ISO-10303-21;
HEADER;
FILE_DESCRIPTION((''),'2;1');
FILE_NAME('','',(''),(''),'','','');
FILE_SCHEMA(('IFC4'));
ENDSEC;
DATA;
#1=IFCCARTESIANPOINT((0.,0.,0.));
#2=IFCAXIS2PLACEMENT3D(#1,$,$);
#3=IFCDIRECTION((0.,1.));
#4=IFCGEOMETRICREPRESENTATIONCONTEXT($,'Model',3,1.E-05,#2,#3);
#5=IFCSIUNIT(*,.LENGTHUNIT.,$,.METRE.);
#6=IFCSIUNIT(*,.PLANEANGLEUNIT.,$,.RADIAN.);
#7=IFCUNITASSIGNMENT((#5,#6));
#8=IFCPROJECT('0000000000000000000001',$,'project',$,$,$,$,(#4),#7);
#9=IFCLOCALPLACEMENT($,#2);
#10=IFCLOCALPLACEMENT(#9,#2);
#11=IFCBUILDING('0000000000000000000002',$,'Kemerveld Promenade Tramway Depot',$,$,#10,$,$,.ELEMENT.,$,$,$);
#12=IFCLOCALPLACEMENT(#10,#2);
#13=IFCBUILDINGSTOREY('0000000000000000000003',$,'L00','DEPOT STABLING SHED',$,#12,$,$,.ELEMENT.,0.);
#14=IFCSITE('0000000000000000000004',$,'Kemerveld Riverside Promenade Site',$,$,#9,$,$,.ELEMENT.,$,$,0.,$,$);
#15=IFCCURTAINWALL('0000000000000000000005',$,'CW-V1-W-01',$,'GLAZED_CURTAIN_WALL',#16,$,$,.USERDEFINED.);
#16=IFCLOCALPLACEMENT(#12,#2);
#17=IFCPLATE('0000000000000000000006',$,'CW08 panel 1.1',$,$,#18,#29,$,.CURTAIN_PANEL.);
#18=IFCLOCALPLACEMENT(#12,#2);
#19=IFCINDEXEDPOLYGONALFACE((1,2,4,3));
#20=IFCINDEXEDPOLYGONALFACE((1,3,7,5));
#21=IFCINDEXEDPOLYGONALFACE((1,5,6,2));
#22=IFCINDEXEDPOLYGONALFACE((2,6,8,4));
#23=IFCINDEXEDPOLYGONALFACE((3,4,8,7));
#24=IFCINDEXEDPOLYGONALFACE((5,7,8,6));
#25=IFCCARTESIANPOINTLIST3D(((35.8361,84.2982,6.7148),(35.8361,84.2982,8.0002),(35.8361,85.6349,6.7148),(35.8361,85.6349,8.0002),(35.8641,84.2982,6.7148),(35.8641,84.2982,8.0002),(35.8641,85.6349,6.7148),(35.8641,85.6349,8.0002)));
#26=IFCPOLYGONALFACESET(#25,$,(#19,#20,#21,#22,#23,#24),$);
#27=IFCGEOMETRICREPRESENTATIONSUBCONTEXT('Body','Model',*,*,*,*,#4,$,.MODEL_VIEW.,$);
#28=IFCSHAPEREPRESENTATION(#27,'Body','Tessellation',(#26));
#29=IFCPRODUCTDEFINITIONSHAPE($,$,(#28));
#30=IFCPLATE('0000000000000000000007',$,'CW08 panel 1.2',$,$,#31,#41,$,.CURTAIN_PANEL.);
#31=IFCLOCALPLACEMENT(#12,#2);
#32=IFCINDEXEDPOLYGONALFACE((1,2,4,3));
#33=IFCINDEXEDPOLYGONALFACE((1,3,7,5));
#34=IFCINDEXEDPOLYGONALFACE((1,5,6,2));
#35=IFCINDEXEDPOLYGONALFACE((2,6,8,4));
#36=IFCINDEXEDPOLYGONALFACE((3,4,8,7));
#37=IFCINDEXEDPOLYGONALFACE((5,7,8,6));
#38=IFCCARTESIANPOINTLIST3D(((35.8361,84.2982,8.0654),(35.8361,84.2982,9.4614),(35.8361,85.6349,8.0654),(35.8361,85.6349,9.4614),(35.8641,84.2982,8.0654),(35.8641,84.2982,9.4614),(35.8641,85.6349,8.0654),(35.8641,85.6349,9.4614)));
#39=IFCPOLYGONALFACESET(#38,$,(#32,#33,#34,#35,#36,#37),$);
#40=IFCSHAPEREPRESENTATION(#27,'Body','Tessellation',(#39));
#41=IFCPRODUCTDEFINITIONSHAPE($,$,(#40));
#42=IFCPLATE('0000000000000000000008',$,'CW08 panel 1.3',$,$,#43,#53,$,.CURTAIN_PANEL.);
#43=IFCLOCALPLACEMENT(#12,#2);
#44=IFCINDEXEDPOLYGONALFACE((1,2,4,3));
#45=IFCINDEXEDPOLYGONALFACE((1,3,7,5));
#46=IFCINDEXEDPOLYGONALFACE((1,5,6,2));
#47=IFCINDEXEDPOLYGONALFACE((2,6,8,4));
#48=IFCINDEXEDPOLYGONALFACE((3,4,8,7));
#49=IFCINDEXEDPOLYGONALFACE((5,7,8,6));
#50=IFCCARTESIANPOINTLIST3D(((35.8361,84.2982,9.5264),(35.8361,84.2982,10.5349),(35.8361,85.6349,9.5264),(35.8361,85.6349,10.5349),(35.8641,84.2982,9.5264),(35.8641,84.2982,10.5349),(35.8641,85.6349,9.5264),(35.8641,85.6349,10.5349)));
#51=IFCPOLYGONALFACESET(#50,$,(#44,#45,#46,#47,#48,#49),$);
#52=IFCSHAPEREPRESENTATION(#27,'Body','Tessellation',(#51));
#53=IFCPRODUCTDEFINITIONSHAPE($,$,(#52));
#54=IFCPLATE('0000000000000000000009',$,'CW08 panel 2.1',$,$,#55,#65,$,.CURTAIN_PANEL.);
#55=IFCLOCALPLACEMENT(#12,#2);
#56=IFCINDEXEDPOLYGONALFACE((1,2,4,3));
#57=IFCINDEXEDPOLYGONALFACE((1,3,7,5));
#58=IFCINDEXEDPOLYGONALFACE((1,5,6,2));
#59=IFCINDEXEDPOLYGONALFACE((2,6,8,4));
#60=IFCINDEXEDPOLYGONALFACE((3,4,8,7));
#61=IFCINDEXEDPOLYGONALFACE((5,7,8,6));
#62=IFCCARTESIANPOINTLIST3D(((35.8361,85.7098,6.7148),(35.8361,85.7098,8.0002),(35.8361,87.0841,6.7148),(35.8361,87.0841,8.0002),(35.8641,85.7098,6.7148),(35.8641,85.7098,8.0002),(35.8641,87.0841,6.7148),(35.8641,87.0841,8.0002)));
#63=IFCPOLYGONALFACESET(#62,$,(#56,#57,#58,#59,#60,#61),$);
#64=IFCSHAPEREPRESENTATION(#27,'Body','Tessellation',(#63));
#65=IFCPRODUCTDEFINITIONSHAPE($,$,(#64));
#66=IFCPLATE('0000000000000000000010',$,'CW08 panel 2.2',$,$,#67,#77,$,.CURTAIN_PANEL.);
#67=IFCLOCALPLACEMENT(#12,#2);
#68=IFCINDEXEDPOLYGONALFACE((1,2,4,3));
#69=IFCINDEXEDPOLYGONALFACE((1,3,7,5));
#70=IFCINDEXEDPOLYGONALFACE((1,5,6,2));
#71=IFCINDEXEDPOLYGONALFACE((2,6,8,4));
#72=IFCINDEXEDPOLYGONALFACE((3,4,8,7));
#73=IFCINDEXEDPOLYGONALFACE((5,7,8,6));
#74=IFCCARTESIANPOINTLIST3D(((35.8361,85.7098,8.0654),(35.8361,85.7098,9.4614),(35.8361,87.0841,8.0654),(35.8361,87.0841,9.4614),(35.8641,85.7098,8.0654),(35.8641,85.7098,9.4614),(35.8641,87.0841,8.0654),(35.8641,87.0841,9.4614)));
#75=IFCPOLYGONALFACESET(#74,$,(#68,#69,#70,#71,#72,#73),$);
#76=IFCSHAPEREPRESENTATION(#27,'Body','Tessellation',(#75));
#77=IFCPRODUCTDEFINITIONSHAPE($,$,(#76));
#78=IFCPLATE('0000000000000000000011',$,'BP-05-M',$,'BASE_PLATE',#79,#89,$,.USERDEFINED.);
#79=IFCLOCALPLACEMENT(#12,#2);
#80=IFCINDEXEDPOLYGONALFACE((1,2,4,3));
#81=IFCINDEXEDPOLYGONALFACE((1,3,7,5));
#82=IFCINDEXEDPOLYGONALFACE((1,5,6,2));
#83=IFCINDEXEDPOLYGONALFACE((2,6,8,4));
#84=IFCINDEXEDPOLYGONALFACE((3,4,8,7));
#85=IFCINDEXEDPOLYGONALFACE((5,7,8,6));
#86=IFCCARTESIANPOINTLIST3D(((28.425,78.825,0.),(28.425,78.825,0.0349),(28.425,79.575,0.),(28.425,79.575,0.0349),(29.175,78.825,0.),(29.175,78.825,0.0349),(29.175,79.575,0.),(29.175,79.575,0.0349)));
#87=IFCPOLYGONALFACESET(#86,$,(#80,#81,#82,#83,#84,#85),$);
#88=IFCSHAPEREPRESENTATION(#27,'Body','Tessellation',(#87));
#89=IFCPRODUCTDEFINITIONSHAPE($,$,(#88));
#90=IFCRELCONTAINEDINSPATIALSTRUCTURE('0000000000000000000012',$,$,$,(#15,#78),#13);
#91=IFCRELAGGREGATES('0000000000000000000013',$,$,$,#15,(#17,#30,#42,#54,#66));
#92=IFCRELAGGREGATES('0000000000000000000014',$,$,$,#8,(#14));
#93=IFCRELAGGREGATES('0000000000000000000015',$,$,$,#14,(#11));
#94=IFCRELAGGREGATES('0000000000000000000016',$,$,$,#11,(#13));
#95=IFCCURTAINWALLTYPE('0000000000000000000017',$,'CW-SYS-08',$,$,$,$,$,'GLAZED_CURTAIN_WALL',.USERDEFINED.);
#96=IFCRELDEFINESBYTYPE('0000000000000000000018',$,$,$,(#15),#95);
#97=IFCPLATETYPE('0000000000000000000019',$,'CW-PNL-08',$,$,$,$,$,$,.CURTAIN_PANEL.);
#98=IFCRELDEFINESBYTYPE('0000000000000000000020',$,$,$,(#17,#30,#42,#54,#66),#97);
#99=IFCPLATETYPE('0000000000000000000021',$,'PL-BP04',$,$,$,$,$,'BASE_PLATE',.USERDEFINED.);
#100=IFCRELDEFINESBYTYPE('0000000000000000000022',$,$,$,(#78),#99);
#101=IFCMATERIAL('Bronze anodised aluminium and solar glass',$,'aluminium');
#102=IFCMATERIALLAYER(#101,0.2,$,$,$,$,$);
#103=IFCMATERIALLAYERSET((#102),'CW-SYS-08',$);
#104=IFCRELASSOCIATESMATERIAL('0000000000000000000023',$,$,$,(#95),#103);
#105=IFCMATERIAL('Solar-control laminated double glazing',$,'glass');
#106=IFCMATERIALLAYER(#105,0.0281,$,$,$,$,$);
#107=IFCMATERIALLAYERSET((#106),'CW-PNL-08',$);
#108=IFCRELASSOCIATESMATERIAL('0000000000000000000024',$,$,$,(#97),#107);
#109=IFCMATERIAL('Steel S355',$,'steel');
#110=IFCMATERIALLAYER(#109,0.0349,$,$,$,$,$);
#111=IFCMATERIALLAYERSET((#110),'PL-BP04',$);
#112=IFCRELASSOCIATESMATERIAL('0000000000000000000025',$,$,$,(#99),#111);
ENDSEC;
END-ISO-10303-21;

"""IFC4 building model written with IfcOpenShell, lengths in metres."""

from ifc_helpers import new_model, si_unit, direction, frame, origin, origin_2d, place, context, subcontext, project, spatial, rectangle, extrude, material, layer, layer_set, type_object, element, aggregate, save


model = new_model("IFC4")

# Units and contexts
model_context = context("Model", 3, precision=1e-05, world=origin(), true_north=direction((0.0, 1.0)))
body_context = subcontext(model_context, "Body", "Model", "MODEL_VIEW")
ifc_project = project(units=[si_unit("LENGTHUNIT", "METRE"), si_unit("PLANEANGLEUNIT", "RADIAN")], contexts=[model_context])

# Site, building, storey
site_placement = place(None, origin())
site = spatial("IfcSite", under=ifc_project, at=site_placement, Name="Kemerveld Riverside Promenade Site", CompositionType="ELEMENT", RefElevation=0.0)
building_placement = place(site_placement, origin())
building = spatial("IfcBuilding", under=site, at=building_placement, Name="Kemerveld Promenade Tramway Depot", CompositionType="ELEMENT")
storey_placement = place(building_placement, origin())
storey = spatial("IfcBuildingStorey", under=building, at=storey_placement, Name="L00", Description="DEPOT STABLING SHED", CompositionType="ELEMENT", Elevation=0.0)

# Shared definitions
ifc_material_1 = material(Name="Steel S355", Category="steel")

# Curtain wall
ifc_material_2 = material(Name="Bronze anodised aluminium and solar glass", Category="aluminium")
ifc_layer_1 = layer(ifc_material_2, 0.2)
ifc_layer_set_1 = layer_set([ifc_layer_1], Name="CW-SYS-08")
curtain_wall_type_1 = type_object("IfcCurtainWallType", Name="CW-SYS-08", ElementType="GLAZED_CURTAIN_WALL", PredefinedType="USERDEFINED", material=ifc_layer_set_1)
curtain_wall_1_placement = place(storey_placement, origin())
curtain_wall_1 = element("IfcCurtainWall", 1, at=curtain_wall_1_placement, inside=storey, type_object=curtain_wall_type_1, Name="CW-V1-W-01", ObjectType="GLAZED_CURTAIN_WALL", PredefinedType="USERDEFINED")

# Plates
ifc_material_3 = material(Name="Solar-control laminated double glazing", Category="glass")
ifc_layer_2 = layer(ifc_material_3, 0.0281)
ifc_layer_set_2 = layer_set([ifc_layer_2], Name="CW-PNL-08")
plate_type_1 = type_object("IfcPlateType", Name="CW-PNL-08", PredefinedType="CURTAIN_PANEL", material=ifc_layer_set_2)
plate_1_placement = place(storey_placement, frame((35.8501, 84.9666, 6.7148), z_axis=(0.0, 0.0, 1.0), x_axis=(0.0, 1.0, 0.0)))
plate_1 = element("IfcPlate", 2, at=plate_1_placement, type_object=plate_type_1, Name="CW08 panel 1.1", PredefinedType="CURTAIN_PANEL", context=body_context, shape_type="SweptSolid", body=[
    extrude(rectangle(XDim=1.3367, YDim=0.0281, at=origin_2d()), origin(), (0.0, 0.0, 1.0), 1.2854),
])
plate_2_placement = place(storey_placement, frame((35.8501, 84.9666, 8.0654), z_axis=(0.0, 0.0, 1.0), x_axis=(0.0, 1.0, 0.0)))
plate_2 = element("IfcPlate", 3, at=plate_2_placement, type_object=plate_type_1, Name="CW08 panel 1.2", PredefinedType="CURTAIN_PANEL", context=body_context, shape_type="SweptSolid", body=[
    extrude(rectangle(XDim=1.3367, YDim=0.0281, at=origin_2d()), origin(), (0.0, 0.0, 1.0), 1.396),
])
plate_3_placement = place(storey_placement, frame((35.8501, 84.9666, 9.5264), z_axis=(0.0, 0.0, 1.0), x_axis=(0.0, 1.0, 0.0)))
plate_3 = element("IfcPlate", 4, at=plate_3_placement, type_object=plate_type_1, Name="CW08 panel 1.3", PredefinedType="CURTAIN_PANEL", context=body_context, shape_type="SweptSolid", body=[
    extrude(rectangle(XDim=1.3367, YDim=0.0281, at=origin_2d()), origin(), (0.0, 0.0, 1.0), 1.0085),
])
plate_4_placement = place(storey_placement, frame((35.8501, 86.397, 6.7148), z_axis=(0.0, 0.0, 1.0), x_axis=(0.0, 1.0, 0.0)))
plate_4 = element("IfcPlate", 5, at=plate_4_placement, type_object=plate_type_1, Name="CW08 panel 2.1", PredefinedType="CURTAIN_PANEL", context=body_context, shape_type="SweptSolid", body=[
    extrude(rectangle(XDim=1.3743, YDim=0.0281, at=origin_2d()), origin(), (0.0, 0.0, 1.0), 1.2854),
])
plate_5_placement = place(storey_placement, frame((35.8501, 86.397, 8.0654), z_axis=(0.0, 0.0, 1.0), x_axis=(0.0, 1.0, 0.0)))
plate_5 = element("IfcPlate", 6, at=plate_5_placement, type_object=plate_type_1, Name="CW08 panel 2.2", PredefinedType="CURTAIN_PANEL", context=body_context, shape_type="SweptSolid", body=[
    extrude(rectangle(XDim=1.3743, YDim=0.0281, at=origin_2d()), origin(), (0.0, 0.0, 1.0), 1.396),
])
aggregate(curtain_wall_1, [plate_1, plate_2, plate_3, plate_4, plate_5])
ifc_layer_3 = layer(ifc_material_1, 0.0349)
ifc_layer_set_3 = layer_set([ifc_layer_3], Name="PL-BP04")
plate_type_2 = type_object("IfcPlateType", Name="PL-BP04", ElementType="BASE_PLATE", PredefinedType="USERDEFINED", material=ifc_layer_set_3)
plate_6_placement = place(storey_placement, frame((28.8, 79.2, 0.0), z_axis=(0.0, 0.0, 1.0), x_axis=(1.0, 0.0, 0.0)))
element("IfcPlate", 7, at=plate_6_placement, inside=storey, type_object=plate_type_2, Name="BP-05-M", ObjectType="BASE_PLATE", PredefinedType="USERDEFINED", context=body_context, shape_type="SweptSolid", body=[
    extrude(rectangle(XDim=0.75, YDim=0.75, at=origin_2d()), origin(), (0.0, 0.0, 1.0), 0.0349),
])

save(model, "model.ifc")
